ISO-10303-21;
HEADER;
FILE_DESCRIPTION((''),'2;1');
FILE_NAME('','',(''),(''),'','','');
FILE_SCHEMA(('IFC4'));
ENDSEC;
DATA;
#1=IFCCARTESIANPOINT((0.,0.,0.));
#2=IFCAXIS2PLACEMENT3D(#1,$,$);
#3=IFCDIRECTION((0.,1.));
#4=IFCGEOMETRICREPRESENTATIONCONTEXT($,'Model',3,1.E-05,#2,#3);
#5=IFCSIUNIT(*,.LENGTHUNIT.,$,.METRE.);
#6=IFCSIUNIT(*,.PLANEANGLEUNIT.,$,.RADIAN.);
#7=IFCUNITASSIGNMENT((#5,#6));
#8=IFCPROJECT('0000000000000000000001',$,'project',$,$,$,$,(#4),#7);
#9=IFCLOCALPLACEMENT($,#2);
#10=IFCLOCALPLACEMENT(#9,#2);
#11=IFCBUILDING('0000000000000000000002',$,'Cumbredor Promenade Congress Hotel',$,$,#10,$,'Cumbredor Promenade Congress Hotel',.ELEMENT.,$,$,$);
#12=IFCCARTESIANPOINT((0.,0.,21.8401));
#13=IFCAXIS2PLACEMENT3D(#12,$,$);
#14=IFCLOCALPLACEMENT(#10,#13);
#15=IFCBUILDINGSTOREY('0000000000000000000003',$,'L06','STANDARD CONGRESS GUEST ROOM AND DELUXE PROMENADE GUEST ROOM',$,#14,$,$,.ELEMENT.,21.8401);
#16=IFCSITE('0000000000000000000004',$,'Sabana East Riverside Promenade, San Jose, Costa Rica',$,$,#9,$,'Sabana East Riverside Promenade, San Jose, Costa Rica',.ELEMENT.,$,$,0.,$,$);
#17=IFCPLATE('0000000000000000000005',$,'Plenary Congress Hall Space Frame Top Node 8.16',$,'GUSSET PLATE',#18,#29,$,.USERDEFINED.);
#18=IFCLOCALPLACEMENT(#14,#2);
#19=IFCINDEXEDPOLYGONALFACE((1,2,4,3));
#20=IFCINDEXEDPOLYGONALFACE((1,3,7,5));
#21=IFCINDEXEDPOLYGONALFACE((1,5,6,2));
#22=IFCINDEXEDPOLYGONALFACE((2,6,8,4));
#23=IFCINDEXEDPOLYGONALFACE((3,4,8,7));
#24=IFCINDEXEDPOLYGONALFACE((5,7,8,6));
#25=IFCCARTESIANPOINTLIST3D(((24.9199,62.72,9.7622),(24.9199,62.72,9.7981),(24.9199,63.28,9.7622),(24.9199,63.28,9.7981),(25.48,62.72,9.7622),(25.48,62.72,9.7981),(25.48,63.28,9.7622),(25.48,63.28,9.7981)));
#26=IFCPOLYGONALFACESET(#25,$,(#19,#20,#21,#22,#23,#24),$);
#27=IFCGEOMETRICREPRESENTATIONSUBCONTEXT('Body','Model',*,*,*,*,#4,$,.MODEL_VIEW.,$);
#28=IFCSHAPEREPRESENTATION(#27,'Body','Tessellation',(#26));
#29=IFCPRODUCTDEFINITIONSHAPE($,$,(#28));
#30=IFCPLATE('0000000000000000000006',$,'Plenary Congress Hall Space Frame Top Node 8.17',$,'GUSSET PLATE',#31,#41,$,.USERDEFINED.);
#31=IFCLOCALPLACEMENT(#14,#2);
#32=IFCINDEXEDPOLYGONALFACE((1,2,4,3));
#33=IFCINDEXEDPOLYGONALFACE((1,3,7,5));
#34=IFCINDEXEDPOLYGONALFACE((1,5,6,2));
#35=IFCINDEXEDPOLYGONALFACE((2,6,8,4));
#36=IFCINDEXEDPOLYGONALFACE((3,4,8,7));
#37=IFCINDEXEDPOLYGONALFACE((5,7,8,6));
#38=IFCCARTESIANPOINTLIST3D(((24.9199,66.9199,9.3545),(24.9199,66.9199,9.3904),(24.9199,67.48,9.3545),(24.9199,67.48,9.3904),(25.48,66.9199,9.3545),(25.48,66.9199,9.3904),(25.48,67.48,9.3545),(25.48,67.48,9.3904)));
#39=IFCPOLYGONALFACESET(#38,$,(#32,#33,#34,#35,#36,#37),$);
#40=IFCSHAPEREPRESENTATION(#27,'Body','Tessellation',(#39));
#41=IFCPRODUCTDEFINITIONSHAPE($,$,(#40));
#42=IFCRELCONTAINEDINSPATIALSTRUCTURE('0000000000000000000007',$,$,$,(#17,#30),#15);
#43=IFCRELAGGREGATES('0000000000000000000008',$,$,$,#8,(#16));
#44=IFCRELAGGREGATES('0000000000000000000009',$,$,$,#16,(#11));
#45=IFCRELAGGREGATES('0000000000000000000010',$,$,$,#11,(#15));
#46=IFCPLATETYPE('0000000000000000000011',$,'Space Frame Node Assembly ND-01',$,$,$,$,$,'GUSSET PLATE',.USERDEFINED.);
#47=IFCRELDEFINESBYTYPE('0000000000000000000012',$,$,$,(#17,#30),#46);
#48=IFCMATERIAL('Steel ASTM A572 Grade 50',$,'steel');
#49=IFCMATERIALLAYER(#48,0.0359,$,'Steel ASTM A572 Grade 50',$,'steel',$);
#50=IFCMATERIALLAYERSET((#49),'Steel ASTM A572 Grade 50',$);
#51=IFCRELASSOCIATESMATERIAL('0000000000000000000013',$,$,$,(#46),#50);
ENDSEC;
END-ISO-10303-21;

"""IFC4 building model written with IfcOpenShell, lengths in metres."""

from ifc_helpers import new_model, si_unit, direction, frame, origin, origin_2d, place, context, subcontext, project, spatial, rectangle, extrude, material, layer, layer_set, type_object, element, save


model = new_model("IFC4")

# Units and contexts
model_context = context("Model", 3, precision=1e-05, world=origin(), true_north=direction((0.0, 1.0)))
body_context = subcontext(model_context, "Body", "Model", "MODEL_VIEW")
ifc_project = project(units=[si_unit("LENGTHUNIT", "METRE"), si_unit("PLANEANGLEUNIT", "RADIAN")], contexts=[model_context])

# Site, building, storey
site_placement = place(None, origin())
site = spatial("IfcSite", under=ifc_project, at=site_placement, Name="Sabana East Riverside Promenade, San Jose, Costa Rica", LongName="Sabana East Riverside Promenade, San Jose, Costa Rica", CompositionType="ELEMENT", RefElevation=0.0)
building_placement = place(site_placement, origin())
building = spatial("IfcBuilding", under=site, at=building_placement, Name="Cumbredor Promenade Congress Hotel", LongName="Cumbredor Promenade Congress Hotel", CompositionType="ELEMENT")
storey_placement = place(building_placement, frame((0.0, 0.0, 21.8401)))
storey = spatial("IfcBuildingStorey", under=building, at=storey_placement, Name="L06", Description="STANDARD CONGRESS GUEST ROOM AND DELUXE PROMENADE GUEST ROOM", CompositionType="ELEMENT", Elevation=21.8401)

# Plates
ifc_material_1 = material(Name="Steel ASTM A572 Grade 50", Category="steel")
ifc_layer = layer(ifc_material_1, 0.0359, Name="Steel ASTM A572 Grade 50", Category="steel")
ifc_layer_set = layer_set([ifc_layer], Name="Steel ASTM A572 Grade 50")
plate_type = type_object("IfcPlateType", Name="Space Frame Node Assembly ND-01", ElementType="GUSSET PLATE", PredefinedType="USERDEFINED", material=ifc_layer_set)
for number, where, z_axis, x_axis, name in (
    (1, (25.2, 63.0, 9.7622), (0.0, 0.0, 1.0), (1.0, 0.0, 0.0), "Plenary Congress Hall Space Frame Top Node 8.16"),
    (2, (25.2, 67.2, 9.3545), (0.0, 0.0, 1.0), (1.0, 0.0, 0.0), "Plenary Congress Hall Space Frame Top Node 8.17"),
):
    element("IfcPlate", number, at=place(storey_placement, frame(where, z_axis=z_axis, x_axis=x_axis)), inside=storey, type_object=plate_type, Name=name, ObjectType="GUSSET PLATE", PredefinedType="USERDEFINED", context=body_context, shape_type="SweptSolid", body=[
        extrude(rectangle(XDim=0.5601, YDim=0.5601, at=origin_2d()), origin(), (0.0, 0.0, 1.0), 0.0359),
    ])

save(model, "model.ifc")
